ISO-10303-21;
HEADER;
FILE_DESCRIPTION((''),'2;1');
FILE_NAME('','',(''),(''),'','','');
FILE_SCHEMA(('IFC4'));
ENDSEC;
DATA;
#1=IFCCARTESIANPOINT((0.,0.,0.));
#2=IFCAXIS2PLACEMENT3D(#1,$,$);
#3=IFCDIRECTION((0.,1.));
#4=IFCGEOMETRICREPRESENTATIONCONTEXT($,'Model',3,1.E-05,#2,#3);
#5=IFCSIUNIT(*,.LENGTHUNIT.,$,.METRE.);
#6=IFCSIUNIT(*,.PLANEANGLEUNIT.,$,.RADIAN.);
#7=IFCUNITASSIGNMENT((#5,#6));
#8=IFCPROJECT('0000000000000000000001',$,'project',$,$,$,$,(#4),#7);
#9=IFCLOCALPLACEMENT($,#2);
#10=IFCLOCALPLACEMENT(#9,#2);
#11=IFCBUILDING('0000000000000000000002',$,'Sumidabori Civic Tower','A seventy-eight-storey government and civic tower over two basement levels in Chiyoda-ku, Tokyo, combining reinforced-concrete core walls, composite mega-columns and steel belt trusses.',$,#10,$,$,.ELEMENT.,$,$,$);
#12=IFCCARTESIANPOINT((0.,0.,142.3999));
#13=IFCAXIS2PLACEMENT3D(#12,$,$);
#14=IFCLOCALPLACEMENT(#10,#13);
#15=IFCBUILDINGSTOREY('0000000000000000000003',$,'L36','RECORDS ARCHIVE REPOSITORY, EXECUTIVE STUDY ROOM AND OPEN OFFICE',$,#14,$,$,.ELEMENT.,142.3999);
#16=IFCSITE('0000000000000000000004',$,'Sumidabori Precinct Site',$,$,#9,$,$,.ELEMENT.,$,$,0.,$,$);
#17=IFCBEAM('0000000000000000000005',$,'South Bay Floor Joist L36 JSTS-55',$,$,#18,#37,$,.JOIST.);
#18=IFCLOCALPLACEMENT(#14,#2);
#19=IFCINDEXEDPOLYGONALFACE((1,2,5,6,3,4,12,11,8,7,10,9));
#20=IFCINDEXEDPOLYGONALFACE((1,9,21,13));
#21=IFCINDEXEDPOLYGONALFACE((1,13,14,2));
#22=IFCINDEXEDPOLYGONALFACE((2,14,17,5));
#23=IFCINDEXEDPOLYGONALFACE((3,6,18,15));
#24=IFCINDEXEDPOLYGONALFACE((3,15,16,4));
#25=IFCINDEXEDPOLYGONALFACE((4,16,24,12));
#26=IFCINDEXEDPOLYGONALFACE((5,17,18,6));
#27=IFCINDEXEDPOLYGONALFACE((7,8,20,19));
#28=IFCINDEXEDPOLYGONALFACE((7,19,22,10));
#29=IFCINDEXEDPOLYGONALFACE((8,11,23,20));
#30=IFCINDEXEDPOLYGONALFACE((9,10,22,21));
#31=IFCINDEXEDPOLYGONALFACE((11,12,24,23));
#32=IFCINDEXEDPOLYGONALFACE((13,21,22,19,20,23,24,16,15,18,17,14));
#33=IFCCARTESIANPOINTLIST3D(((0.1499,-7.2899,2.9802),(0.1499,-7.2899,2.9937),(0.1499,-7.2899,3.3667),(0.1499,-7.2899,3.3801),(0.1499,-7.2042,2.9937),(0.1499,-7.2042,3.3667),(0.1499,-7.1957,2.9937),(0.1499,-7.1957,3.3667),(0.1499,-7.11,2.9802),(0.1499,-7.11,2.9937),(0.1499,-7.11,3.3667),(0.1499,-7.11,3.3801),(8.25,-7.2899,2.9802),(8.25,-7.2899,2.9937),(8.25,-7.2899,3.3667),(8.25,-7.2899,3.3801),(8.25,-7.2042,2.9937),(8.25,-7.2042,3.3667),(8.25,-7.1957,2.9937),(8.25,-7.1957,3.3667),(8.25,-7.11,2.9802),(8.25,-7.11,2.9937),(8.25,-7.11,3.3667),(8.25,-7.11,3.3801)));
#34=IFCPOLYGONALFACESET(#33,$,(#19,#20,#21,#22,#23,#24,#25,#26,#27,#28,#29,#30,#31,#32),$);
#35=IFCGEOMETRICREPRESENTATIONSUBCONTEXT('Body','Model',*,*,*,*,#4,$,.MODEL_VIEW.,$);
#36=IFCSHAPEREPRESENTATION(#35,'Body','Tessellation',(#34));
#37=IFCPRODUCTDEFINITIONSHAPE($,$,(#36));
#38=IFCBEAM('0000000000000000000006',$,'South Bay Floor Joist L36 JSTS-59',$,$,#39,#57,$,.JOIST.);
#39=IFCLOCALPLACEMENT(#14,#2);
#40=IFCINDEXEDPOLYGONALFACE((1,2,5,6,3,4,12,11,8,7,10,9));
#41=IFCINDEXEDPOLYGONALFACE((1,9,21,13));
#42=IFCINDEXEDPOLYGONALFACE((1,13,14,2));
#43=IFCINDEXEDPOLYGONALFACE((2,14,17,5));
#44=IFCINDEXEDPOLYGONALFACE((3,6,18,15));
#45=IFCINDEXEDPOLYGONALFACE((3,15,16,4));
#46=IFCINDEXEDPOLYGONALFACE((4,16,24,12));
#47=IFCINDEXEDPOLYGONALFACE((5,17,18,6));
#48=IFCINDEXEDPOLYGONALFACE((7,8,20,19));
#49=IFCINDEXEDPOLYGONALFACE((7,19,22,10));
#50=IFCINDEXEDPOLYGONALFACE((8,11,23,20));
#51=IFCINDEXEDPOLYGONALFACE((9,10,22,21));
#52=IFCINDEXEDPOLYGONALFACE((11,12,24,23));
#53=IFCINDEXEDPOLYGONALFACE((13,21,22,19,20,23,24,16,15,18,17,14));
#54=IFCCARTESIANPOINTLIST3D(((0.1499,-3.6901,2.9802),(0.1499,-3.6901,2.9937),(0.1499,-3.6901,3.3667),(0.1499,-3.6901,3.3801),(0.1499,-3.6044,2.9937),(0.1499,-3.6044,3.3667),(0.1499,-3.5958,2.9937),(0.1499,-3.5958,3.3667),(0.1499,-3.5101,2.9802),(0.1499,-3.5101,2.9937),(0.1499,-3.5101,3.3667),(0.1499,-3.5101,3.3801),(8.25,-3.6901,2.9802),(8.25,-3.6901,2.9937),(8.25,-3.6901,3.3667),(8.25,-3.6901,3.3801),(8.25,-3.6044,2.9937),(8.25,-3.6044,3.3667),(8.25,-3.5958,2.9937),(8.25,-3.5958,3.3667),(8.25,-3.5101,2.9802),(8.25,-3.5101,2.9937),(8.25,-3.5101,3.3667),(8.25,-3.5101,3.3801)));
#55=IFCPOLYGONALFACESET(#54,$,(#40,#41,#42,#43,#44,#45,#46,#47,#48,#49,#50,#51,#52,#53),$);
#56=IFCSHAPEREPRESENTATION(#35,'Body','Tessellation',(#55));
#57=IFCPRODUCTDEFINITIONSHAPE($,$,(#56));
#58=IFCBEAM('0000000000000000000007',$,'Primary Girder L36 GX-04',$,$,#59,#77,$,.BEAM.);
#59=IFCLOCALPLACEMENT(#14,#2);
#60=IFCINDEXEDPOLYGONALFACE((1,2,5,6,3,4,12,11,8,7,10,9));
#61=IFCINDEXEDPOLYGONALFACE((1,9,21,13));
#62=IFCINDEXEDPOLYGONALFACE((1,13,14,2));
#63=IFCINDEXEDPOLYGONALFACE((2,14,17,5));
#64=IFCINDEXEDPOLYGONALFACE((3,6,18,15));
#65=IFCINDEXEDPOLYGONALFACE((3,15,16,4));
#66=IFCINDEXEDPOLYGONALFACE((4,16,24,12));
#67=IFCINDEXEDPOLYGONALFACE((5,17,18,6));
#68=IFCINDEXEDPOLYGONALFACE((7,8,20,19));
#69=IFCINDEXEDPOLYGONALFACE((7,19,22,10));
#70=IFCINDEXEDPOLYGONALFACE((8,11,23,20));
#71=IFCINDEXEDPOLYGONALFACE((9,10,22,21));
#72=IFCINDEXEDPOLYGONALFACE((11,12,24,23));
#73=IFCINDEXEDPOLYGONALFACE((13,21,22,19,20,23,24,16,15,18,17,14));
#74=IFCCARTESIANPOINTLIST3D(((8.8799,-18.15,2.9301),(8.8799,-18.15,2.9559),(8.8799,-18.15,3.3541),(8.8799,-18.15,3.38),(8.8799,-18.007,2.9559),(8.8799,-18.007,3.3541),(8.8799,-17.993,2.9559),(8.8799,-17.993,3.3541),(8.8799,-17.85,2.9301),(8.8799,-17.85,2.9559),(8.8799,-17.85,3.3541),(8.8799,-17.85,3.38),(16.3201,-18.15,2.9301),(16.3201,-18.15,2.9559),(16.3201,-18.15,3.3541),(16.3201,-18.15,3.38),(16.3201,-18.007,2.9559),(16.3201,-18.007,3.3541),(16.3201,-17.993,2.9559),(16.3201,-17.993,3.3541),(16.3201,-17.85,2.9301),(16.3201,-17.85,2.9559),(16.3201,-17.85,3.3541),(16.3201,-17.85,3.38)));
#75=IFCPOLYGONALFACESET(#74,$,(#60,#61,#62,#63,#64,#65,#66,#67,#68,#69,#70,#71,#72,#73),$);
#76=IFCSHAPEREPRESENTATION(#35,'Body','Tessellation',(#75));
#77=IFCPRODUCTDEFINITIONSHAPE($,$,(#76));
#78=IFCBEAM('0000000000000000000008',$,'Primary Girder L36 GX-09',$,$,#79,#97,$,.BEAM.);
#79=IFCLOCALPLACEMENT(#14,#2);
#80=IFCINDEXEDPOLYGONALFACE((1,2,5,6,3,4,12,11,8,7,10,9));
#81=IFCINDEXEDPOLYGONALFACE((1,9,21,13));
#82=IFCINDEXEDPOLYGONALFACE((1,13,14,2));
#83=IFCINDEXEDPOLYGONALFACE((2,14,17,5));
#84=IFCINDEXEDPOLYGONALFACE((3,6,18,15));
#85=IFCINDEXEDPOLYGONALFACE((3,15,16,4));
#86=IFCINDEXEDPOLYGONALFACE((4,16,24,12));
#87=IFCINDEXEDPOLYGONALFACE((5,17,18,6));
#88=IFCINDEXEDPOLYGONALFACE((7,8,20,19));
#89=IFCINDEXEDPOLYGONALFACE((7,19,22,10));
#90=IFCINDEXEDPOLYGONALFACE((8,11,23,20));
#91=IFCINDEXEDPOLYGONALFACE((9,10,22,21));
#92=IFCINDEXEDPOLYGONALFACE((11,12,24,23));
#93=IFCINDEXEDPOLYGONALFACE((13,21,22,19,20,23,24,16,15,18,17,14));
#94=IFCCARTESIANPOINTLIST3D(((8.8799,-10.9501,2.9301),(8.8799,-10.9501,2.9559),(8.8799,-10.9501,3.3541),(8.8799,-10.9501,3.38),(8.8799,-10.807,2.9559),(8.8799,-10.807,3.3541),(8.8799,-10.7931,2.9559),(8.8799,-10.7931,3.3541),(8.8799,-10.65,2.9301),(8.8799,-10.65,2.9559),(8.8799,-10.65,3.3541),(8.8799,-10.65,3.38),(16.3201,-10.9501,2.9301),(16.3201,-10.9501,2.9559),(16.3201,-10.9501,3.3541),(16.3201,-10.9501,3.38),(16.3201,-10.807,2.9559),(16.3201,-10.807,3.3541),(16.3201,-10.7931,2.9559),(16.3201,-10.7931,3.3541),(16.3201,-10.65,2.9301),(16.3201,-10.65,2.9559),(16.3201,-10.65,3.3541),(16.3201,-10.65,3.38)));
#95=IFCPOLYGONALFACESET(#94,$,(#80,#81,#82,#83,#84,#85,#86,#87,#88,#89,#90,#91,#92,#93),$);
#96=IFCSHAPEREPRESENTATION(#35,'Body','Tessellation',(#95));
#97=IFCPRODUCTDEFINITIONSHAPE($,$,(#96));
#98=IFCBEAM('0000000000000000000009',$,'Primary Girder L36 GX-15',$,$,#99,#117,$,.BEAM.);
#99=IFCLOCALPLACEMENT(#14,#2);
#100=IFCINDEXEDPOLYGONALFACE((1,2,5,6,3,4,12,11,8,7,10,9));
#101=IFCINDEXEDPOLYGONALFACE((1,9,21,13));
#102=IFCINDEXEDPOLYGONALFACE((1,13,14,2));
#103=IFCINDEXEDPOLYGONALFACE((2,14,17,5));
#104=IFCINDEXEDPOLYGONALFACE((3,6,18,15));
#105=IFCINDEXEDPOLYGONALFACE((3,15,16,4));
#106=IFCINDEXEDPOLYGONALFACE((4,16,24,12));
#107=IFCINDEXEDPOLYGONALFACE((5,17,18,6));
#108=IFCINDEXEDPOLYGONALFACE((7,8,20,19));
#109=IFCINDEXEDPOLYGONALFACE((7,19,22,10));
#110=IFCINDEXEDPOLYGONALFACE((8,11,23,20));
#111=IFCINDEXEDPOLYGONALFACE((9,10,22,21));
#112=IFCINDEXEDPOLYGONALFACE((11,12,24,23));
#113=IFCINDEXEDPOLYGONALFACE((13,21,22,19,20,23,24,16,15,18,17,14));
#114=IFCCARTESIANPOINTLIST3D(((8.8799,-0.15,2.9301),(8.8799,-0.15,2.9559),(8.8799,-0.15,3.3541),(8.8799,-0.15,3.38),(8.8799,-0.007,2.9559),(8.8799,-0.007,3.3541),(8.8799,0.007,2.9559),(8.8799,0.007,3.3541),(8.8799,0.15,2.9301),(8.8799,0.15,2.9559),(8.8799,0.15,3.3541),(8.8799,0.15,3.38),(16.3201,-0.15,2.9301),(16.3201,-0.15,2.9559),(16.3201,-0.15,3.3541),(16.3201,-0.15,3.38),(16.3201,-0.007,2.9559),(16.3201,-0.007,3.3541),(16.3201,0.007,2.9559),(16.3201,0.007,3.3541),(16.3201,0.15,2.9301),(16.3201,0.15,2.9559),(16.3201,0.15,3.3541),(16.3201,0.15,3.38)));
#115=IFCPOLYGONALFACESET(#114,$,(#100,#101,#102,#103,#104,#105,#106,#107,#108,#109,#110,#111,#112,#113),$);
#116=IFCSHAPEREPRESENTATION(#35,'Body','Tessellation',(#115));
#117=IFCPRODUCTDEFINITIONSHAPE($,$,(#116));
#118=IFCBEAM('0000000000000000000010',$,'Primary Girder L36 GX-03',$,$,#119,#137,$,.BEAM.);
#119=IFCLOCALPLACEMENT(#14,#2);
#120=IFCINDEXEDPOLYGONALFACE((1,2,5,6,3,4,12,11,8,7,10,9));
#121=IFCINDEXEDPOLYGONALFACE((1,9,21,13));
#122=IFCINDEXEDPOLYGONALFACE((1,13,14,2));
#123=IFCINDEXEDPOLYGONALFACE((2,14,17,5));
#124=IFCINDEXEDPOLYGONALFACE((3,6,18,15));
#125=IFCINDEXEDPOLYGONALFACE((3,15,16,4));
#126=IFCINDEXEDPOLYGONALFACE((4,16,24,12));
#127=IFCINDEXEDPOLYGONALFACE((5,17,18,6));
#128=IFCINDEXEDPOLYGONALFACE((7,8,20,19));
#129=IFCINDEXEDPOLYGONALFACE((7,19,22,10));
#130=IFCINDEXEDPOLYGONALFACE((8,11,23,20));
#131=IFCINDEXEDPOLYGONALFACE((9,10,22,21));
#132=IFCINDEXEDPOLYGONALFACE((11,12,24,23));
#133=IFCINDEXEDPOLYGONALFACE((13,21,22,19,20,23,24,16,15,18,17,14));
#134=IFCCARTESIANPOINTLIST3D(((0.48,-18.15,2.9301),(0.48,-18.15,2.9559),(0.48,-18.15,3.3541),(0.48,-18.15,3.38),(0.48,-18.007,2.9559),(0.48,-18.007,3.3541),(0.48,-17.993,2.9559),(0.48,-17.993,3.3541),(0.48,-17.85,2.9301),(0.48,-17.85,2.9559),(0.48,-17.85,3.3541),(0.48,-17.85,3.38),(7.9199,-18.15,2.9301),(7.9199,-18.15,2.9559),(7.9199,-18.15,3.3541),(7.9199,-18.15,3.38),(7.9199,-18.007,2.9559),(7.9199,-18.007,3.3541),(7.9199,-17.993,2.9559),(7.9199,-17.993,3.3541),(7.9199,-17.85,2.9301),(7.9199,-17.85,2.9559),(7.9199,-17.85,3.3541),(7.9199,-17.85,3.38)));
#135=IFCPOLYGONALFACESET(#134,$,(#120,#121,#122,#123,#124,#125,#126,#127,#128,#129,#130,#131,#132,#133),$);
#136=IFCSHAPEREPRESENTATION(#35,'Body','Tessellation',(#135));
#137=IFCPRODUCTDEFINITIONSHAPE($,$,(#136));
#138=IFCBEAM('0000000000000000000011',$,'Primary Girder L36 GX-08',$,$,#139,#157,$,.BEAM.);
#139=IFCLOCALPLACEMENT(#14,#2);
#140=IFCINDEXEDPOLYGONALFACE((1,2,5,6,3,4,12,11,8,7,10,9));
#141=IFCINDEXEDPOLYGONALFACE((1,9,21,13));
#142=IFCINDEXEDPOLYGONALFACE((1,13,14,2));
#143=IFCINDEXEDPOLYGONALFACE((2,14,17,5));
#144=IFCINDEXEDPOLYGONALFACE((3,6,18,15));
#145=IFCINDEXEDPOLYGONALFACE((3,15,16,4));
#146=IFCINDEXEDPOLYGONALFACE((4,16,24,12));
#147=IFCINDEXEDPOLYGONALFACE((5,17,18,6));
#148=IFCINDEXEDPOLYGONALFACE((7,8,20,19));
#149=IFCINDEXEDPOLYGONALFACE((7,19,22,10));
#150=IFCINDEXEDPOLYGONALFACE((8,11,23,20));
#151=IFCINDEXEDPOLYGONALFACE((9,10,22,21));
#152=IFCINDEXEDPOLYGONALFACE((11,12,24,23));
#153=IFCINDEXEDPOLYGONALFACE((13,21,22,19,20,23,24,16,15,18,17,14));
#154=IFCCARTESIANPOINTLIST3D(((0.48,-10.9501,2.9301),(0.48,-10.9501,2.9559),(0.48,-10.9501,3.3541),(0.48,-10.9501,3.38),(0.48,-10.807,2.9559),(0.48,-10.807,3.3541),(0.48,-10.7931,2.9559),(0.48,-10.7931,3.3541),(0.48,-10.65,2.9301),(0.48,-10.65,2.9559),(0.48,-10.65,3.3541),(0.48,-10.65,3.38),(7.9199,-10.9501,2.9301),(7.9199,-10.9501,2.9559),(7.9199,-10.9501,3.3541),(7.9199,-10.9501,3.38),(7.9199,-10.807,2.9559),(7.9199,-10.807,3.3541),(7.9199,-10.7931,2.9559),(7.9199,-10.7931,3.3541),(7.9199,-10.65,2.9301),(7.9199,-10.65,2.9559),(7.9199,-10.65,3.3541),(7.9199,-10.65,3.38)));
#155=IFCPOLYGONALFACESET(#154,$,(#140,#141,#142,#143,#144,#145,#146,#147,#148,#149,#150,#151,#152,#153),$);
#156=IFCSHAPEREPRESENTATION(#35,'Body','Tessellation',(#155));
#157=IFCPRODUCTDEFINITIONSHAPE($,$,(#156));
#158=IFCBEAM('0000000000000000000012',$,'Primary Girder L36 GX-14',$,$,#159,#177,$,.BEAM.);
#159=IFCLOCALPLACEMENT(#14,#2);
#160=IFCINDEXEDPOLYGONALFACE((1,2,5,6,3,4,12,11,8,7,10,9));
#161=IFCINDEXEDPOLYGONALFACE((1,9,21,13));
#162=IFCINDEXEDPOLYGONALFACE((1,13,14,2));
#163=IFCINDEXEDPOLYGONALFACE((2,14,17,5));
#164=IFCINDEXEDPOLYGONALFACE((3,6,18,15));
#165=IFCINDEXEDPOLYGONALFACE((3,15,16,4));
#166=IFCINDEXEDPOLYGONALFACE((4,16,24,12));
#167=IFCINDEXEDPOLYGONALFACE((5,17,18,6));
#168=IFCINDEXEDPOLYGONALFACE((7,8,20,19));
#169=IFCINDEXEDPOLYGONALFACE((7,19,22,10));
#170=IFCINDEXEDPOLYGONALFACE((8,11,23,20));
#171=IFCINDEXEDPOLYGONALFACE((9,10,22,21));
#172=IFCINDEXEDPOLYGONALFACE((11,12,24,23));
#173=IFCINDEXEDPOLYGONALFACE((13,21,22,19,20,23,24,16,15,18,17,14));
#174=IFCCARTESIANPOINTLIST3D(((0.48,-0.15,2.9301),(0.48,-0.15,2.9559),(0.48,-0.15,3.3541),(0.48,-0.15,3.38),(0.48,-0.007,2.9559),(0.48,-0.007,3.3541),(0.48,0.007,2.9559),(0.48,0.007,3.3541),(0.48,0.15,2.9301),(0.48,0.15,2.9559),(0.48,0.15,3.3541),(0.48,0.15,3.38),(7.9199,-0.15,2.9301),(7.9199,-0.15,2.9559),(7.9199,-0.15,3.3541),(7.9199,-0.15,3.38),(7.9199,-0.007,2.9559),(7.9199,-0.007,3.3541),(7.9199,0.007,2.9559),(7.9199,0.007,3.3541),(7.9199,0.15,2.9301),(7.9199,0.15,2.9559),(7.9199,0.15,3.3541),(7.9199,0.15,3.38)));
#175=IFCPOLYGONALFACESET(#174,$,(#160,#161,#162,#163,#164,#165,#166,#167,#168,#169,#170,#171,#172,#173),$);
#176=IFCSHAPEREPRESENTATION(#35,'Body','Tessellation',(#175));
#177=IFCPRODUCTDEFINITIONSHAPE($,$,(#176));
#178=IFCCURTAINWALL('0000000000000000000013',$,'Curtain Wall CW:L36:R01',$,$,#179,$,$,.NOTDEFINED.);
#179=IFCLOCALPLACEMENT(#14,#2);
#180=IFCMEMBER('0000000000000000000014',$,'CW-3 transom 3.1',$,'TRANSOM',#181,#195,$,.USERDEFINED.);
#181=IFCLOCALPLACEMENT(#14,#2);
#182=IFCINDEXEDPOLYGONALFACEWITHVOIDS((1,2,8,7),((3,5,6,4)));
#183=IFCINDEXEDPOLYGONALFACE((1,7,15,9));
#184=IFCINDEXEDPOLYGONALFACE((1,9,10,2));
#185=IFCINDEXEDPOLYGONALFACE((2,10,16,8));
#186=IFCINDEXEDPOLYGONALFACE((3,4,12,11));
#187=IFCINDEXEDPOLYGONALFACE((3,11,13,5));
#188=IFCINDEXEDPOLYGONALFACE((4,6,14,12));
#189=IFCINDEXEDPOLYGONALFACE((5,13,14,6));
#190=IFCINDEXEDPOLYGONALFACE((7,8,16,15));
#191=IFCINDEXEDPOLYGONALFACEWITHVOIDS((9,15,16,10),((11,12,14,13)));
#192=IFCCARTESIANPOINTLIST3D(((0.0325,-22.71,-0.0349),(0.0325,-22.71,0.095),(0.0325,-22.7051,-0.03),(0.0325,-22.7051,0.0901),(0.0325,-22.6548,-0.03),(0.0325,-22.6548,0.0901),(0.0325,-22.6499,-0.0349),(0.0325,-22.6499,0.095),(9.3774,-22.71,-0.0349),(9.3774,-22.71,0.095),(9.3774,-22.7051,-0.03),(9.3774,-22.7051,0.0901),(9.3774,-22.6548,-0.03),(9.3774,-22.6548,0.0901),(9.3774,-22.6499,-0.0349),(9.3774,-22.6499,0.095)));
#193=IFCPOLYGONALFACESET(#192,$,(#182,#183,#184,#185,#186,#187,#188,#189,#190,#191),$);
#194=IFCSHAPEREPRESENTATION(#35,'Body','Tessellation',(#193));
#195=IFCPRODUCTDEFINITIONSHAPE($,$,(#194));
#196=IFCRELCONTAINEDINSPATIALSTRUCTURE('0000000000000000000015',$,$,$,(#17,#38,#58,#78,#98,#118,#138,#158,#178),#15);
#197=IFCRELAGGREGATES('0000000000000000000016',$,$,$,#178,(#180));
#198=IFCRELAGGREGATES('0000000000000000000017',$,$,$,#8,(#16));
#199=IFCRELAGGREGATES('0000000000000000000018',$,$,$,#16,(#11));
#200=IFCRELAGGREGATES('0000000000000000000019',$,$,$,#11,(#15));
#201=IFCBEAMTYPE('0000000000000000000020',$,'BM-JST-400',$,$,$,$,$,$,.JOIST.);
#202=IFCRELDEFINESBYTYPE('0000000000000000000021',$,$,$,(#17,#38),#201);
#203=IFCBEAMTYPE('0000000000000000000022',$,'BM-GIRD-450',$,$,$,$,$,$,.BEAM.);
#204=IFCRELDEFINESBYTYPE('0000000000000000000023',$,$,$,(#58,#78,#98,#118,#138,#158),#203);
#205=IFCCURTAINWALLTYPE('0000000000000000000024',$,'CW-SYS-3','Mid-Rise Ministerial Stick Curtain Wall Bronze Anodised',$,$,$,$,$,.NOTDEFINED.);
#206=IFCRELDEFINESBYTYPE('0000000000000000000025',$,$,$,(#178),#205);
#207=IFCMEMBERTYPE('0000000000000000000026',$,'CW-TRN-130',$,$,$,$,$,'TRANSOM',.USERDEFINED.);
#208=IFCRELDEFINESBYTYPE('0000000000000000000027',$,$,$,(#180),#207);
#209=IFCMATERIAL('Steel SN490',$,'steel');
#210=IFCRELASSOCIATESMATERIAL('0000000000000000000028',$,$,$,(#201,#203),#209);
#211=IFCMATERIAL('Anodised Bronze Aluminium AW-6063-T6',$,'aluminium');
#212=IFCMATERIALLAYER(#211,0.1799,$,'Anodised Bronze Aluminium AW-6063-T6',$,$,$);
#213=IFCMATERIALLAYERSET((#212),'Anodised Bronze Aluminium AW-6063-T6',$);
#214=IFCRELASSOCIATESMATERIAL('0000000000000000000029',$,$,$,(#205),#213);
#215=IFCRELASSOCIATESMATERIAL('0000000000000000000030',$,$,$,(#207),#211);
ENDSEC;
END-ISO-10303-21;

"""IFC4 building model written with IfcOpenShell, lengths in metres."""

from ifc_helpers import new_model, si_unit, direction, frame, origin, origin_2d, place, context, subcontext, project, spatial, hollow_rectangle, i_section, extrude, source, transform, mapped, material, layer, layer_set, material_profile, profile_set, type_object, element, aggregate, save


model = new_model("IFC4")

# Units and contexts
model_context = context("Model", 3, precision=1e-05, world=origin(), true_north=direction((0.0, 1.0)))
body_context = subcontext(model_context, "Body", "Model", "MODEL_VIEW")
ifc_project = project(units=[si_unit("LENGTHUNIT", "METRE"), si_unit("PLANEANGLEUNIT", "RADIAN")], contexts=[model_context])

# Site, building, storey
site_placement = place(None, origin())
site = spatial("IfcSite", under=ifc_project, at=site_placement, Name="Sumidabori Precinct Site", CompositionType="ELEMENT", RefElevation=0.0)
building_placement = place(site_placement, origin())
building = spatial("IfcBuilding", under=site, at=building_placement, Name="Sumidabori Civic Tower", Description="A seventy-eight-storey government and civic tower over two basement levels in Chiyoda-ku, Tokyo, combining reinforced-concrete core walls, composite mega-columns and steel belt trusses.", CompositionType="ELEMENT")
storey_placement = place(building_placement, frame((0.0, 0.0, 142.3999)))
storey = spatial("IfcBuildingStorey", under=building, at=storey_placement, Name="L36", Description="RECORDS ARCHIVE REPOSITORY, EXECUTIVE STUDY ROOM AND OPEN OFFICE", CompositionType="ELEMENT", Elevation=142.3999)

# Beams
ifc_material_1 = material(Name="Steel SN490", Category="steel")
ifc_material_profile_1 = material_profile(ifc_material_1, i_section(OverallWidth=0.1799, OverallDepth=0.3999, WebThickness=0.0085, FlangeThickness=0.0134, at=origin_2d()), Name="IPE 400")
ifc_profile_set_1 = profile_set([ifc_material_profile_1], Name="Steel SN490")
beam_type_1 = type_object("IfcBeamType", Name="BM-JST-400", PredefinedType="JOIST", material=ifc_profile_set_1)
shared_shape_1 = source(origin(), body_context, "Body", "SweptSolid", [
    extrude(i_section(OverallWidth=0.1799, OverallDepth=0.3999, WebThickness=0.0085, FlangeThickness=0.0134, at=origin_2d()), origin(), (0.0, 0.0, 1.0), 8.1001),
])
for number, where, z_axis, x_axis, name in (
    (1, (0.1499, -7.2, 3.1802), (1.0, 0.0, 0.0), (0.0, 1.0, 0.0), "South Bay Floor Joist L36 JSTS-55"),
    (2, (0.1499, -3.6001, 3.1802), (1.0, 0.0, 0.0), (0.0, 1.0, 0.0), "South Bay Floor Joist L36 JSTS-59"),
):
    element("IfcBeam", number, at=place(storey_placement, frame(where, z_axis=z_axis, x_axis=x_axis)), inside=storey, type_object=beam_type_1, Name=name, PredefinedType="JOIST", context=body_context, shape_type="MappedRepresentation", body=[
        mapped(shared_shape_1, transform((0.0, 0.0, 0.0), x_axis=(1.0, 0.0, 0.0), y_axis=(0.0, 1.0, 0.0), z_axis=(0.0, 0.0, 1.0), scale=1.0)),
    ])
ifc_material_profile_2 = material_profile(ifc_material_1, i_section(OverallWidth=0.3, OverallDepth=0.45, WebThickness=0.0139, FlangeThickness=0.0259, at=origin_2d()), Name="HE 450 B")
ifc_profile_set_2 = profile_set([ifc_material_profile_2], Name="Steel SN490")
beam_type_2 = type_object("IfcBeamType", Name="BM-GIRD-450", PredefinedType="BEAM", material=ifc_profile_set_2)
shared_shape_2 = source(origin(), body_context, "Body", "SweptSolid", [
    extrude(i_section(OverallWidth=0.3, OverallDepth=0.45, WebThickness=0.0139, FlangeThickness=0.0259, at=origin_2d()), origin(), (0.0, 0.0, 1.0), 7.4402),
])
for number, where, z_axis, x_axis, name in (
    (3, (8.8799, -18.0, 3.155), (1.0, 0.0, 0.0), (0.0, 1.0, 0.0), "Primary Girder L36 GX-04"),
    (4, (8.8799, -10.8, 3.155), (1.0, 0.0, 0.0), (0.0, 1.0, 0.0), "Primary Girder L36 GX-09"),
    (5, (8.8799, 0.0, 3.155), (1.0, 0.0, 0.0), (0.0, 1.0, 0.0), "Primary Girder L36 GX-15"),
):
    element("IfcBeam", number, at=place(storey_placement, frame(where, z_axis=z_axis, x_axis=x_axis)), inside=storey, type_object=beam_type_2, Name=name, PredefinedType="BEAM", context=body_context, shape_type="MappedRepresentation", body=[
        mapped(shared_shape_2, transform((0.0, 0.0, 0.0), x_axis=(1.0, 0.0, 0.0), y_axis=(0.0, 1.0, 0.0), z_axis=(0.0, 0.0, 1.0), scale=1.0)),
    ])
shared_shape_3 = source(origin(), body_context, "Body", "SweptSolid", [
    extrude(i_section(OverallWidth=0.3, OverallDepth=0.45, WebThickness=0.0139, FlangeThickness=0.0259, at=origin_2d()), origin(), (0.0, 0.0, 1.0), 7.4399),
])
for number, where, z_axis, x_axis, name in (
    (6, (0.48, -18.0, 3.155), (1.0, 0.0, 0.0), (0.0, 1.0, 0.0), "Primary Girder L36 GX-03"),
    (7, (0.48, -10.8, 3.155), (1.0, 0.0, 0.0), (0.0, 1.0, 0.0), "Primary Girder L36 GX-08"),
    (8, (0.48, 0.0, 3.155), (1.0, 0.0, 0.0), (0.0, 1.0, 0.0), "Primary Girder L36 GX-14"),
):
    element("IfcBeam", number, at=place(storey_placement, frame(where, z_axis=z_axis, x_axis=x_axis)), inside=storey, type_object=beam_type_2, Name=name, PredefinedType="BEAM", context=body_context, shape_type="MappedRepresentation", body=[
        mapped(shared_shape_3, transform((0.0, 0.0, 0.0), x_axis=(1.0, 0.0, 0.0), y_axis=(0.0, 1.0, 0.0), z_axis=(0.0, 0.0, 1.0), scale=1.0)),
    ])

# Curtain wall, member
ifc_material_2 = material(Name="Anodised Bronze Aluminium AW-6063-T6", Category="aluminium")
ifc_layer_1 = layer(ifc_material_2, 0.1799, Name="Anodised Bronze Aluminium AW-6063-T6")
ifc_layer_set_1 = layer_set([ifc_layer_1], Name="Anodised Bronze Aluminium AW-6063-T6")
curtain_wall_type = type_object("IfcCurtainWallType", Name="CW-SYS-3", Description="Mid-Rise Ministerial Stick Curtain Wall Bronze Anodised", PredefinedType="NOTDEFINED", material=ifc_layer_set_1)
curtain_wall_placement = place(storey_placement, origin())
curtain_wall = element("IfcCurtainWall", 9, at=curtain_wall_placement, inside=storey, type_object=curtain_wall_type, Name="Curtain Wall CW:L36:R01", PredefinedType="NOTDEFINED")
ifc_material_profile_3 = material_profile(ifc_material_2, hollow_rectangle(XDim=0.0601, YDim=0.1299, WallThickness=0.0049, at=origin_2d()), Name="ALU TRANSOM 130x60")
ifc_profile_set_3 = profile_set([ifc_material_profile_3], Name="Anodised Bronze Aluminium AW-6063-T6")
member_type = type_object("IfcMemberType", Name="CW-TRN-130", ElementType="TRANSOM", PredefinedType="USERDEFINED", material=ifc_profile_set_3)
shared_shape_4 = source(origin(), body_context, "Body", "SweptSolid", [
    extrude(hollow_rectangle(XDim=0.0601, YDim=0.1299, WallThickness=0.0049, at=origin_2d()), origin(), (0.0, 0.0, 1.0), 9.345),
])
member_1_placement = place(storey_placement, frame((0.0325, -22.6799, 0.03), z_axis=(1.0, 0.0, 0.0), x_axis=(0.0, 1.0, 0.0)))
member_1 = element("IfcMember", 10, at=member_1_placement, type_object=member_type, Name="CW-3 transom 3.1", ObjectType="TRANSOM", PredefinedType="USERDEFINED", context=body_context, shape_type="MappedRepresentation", body=[
    mapped(shared_shape_4, transform((0.0, 0.0, 0.0), x_axis=(1.0, 0.0, 0.0), y_axis=(0.0, 1.0, 0.0), z_axis=(0.0, 0.0, 1.0), scale=1.0)),
])

aggregate(curtain_wall, [member_1])

save(model, "model.ifc")
